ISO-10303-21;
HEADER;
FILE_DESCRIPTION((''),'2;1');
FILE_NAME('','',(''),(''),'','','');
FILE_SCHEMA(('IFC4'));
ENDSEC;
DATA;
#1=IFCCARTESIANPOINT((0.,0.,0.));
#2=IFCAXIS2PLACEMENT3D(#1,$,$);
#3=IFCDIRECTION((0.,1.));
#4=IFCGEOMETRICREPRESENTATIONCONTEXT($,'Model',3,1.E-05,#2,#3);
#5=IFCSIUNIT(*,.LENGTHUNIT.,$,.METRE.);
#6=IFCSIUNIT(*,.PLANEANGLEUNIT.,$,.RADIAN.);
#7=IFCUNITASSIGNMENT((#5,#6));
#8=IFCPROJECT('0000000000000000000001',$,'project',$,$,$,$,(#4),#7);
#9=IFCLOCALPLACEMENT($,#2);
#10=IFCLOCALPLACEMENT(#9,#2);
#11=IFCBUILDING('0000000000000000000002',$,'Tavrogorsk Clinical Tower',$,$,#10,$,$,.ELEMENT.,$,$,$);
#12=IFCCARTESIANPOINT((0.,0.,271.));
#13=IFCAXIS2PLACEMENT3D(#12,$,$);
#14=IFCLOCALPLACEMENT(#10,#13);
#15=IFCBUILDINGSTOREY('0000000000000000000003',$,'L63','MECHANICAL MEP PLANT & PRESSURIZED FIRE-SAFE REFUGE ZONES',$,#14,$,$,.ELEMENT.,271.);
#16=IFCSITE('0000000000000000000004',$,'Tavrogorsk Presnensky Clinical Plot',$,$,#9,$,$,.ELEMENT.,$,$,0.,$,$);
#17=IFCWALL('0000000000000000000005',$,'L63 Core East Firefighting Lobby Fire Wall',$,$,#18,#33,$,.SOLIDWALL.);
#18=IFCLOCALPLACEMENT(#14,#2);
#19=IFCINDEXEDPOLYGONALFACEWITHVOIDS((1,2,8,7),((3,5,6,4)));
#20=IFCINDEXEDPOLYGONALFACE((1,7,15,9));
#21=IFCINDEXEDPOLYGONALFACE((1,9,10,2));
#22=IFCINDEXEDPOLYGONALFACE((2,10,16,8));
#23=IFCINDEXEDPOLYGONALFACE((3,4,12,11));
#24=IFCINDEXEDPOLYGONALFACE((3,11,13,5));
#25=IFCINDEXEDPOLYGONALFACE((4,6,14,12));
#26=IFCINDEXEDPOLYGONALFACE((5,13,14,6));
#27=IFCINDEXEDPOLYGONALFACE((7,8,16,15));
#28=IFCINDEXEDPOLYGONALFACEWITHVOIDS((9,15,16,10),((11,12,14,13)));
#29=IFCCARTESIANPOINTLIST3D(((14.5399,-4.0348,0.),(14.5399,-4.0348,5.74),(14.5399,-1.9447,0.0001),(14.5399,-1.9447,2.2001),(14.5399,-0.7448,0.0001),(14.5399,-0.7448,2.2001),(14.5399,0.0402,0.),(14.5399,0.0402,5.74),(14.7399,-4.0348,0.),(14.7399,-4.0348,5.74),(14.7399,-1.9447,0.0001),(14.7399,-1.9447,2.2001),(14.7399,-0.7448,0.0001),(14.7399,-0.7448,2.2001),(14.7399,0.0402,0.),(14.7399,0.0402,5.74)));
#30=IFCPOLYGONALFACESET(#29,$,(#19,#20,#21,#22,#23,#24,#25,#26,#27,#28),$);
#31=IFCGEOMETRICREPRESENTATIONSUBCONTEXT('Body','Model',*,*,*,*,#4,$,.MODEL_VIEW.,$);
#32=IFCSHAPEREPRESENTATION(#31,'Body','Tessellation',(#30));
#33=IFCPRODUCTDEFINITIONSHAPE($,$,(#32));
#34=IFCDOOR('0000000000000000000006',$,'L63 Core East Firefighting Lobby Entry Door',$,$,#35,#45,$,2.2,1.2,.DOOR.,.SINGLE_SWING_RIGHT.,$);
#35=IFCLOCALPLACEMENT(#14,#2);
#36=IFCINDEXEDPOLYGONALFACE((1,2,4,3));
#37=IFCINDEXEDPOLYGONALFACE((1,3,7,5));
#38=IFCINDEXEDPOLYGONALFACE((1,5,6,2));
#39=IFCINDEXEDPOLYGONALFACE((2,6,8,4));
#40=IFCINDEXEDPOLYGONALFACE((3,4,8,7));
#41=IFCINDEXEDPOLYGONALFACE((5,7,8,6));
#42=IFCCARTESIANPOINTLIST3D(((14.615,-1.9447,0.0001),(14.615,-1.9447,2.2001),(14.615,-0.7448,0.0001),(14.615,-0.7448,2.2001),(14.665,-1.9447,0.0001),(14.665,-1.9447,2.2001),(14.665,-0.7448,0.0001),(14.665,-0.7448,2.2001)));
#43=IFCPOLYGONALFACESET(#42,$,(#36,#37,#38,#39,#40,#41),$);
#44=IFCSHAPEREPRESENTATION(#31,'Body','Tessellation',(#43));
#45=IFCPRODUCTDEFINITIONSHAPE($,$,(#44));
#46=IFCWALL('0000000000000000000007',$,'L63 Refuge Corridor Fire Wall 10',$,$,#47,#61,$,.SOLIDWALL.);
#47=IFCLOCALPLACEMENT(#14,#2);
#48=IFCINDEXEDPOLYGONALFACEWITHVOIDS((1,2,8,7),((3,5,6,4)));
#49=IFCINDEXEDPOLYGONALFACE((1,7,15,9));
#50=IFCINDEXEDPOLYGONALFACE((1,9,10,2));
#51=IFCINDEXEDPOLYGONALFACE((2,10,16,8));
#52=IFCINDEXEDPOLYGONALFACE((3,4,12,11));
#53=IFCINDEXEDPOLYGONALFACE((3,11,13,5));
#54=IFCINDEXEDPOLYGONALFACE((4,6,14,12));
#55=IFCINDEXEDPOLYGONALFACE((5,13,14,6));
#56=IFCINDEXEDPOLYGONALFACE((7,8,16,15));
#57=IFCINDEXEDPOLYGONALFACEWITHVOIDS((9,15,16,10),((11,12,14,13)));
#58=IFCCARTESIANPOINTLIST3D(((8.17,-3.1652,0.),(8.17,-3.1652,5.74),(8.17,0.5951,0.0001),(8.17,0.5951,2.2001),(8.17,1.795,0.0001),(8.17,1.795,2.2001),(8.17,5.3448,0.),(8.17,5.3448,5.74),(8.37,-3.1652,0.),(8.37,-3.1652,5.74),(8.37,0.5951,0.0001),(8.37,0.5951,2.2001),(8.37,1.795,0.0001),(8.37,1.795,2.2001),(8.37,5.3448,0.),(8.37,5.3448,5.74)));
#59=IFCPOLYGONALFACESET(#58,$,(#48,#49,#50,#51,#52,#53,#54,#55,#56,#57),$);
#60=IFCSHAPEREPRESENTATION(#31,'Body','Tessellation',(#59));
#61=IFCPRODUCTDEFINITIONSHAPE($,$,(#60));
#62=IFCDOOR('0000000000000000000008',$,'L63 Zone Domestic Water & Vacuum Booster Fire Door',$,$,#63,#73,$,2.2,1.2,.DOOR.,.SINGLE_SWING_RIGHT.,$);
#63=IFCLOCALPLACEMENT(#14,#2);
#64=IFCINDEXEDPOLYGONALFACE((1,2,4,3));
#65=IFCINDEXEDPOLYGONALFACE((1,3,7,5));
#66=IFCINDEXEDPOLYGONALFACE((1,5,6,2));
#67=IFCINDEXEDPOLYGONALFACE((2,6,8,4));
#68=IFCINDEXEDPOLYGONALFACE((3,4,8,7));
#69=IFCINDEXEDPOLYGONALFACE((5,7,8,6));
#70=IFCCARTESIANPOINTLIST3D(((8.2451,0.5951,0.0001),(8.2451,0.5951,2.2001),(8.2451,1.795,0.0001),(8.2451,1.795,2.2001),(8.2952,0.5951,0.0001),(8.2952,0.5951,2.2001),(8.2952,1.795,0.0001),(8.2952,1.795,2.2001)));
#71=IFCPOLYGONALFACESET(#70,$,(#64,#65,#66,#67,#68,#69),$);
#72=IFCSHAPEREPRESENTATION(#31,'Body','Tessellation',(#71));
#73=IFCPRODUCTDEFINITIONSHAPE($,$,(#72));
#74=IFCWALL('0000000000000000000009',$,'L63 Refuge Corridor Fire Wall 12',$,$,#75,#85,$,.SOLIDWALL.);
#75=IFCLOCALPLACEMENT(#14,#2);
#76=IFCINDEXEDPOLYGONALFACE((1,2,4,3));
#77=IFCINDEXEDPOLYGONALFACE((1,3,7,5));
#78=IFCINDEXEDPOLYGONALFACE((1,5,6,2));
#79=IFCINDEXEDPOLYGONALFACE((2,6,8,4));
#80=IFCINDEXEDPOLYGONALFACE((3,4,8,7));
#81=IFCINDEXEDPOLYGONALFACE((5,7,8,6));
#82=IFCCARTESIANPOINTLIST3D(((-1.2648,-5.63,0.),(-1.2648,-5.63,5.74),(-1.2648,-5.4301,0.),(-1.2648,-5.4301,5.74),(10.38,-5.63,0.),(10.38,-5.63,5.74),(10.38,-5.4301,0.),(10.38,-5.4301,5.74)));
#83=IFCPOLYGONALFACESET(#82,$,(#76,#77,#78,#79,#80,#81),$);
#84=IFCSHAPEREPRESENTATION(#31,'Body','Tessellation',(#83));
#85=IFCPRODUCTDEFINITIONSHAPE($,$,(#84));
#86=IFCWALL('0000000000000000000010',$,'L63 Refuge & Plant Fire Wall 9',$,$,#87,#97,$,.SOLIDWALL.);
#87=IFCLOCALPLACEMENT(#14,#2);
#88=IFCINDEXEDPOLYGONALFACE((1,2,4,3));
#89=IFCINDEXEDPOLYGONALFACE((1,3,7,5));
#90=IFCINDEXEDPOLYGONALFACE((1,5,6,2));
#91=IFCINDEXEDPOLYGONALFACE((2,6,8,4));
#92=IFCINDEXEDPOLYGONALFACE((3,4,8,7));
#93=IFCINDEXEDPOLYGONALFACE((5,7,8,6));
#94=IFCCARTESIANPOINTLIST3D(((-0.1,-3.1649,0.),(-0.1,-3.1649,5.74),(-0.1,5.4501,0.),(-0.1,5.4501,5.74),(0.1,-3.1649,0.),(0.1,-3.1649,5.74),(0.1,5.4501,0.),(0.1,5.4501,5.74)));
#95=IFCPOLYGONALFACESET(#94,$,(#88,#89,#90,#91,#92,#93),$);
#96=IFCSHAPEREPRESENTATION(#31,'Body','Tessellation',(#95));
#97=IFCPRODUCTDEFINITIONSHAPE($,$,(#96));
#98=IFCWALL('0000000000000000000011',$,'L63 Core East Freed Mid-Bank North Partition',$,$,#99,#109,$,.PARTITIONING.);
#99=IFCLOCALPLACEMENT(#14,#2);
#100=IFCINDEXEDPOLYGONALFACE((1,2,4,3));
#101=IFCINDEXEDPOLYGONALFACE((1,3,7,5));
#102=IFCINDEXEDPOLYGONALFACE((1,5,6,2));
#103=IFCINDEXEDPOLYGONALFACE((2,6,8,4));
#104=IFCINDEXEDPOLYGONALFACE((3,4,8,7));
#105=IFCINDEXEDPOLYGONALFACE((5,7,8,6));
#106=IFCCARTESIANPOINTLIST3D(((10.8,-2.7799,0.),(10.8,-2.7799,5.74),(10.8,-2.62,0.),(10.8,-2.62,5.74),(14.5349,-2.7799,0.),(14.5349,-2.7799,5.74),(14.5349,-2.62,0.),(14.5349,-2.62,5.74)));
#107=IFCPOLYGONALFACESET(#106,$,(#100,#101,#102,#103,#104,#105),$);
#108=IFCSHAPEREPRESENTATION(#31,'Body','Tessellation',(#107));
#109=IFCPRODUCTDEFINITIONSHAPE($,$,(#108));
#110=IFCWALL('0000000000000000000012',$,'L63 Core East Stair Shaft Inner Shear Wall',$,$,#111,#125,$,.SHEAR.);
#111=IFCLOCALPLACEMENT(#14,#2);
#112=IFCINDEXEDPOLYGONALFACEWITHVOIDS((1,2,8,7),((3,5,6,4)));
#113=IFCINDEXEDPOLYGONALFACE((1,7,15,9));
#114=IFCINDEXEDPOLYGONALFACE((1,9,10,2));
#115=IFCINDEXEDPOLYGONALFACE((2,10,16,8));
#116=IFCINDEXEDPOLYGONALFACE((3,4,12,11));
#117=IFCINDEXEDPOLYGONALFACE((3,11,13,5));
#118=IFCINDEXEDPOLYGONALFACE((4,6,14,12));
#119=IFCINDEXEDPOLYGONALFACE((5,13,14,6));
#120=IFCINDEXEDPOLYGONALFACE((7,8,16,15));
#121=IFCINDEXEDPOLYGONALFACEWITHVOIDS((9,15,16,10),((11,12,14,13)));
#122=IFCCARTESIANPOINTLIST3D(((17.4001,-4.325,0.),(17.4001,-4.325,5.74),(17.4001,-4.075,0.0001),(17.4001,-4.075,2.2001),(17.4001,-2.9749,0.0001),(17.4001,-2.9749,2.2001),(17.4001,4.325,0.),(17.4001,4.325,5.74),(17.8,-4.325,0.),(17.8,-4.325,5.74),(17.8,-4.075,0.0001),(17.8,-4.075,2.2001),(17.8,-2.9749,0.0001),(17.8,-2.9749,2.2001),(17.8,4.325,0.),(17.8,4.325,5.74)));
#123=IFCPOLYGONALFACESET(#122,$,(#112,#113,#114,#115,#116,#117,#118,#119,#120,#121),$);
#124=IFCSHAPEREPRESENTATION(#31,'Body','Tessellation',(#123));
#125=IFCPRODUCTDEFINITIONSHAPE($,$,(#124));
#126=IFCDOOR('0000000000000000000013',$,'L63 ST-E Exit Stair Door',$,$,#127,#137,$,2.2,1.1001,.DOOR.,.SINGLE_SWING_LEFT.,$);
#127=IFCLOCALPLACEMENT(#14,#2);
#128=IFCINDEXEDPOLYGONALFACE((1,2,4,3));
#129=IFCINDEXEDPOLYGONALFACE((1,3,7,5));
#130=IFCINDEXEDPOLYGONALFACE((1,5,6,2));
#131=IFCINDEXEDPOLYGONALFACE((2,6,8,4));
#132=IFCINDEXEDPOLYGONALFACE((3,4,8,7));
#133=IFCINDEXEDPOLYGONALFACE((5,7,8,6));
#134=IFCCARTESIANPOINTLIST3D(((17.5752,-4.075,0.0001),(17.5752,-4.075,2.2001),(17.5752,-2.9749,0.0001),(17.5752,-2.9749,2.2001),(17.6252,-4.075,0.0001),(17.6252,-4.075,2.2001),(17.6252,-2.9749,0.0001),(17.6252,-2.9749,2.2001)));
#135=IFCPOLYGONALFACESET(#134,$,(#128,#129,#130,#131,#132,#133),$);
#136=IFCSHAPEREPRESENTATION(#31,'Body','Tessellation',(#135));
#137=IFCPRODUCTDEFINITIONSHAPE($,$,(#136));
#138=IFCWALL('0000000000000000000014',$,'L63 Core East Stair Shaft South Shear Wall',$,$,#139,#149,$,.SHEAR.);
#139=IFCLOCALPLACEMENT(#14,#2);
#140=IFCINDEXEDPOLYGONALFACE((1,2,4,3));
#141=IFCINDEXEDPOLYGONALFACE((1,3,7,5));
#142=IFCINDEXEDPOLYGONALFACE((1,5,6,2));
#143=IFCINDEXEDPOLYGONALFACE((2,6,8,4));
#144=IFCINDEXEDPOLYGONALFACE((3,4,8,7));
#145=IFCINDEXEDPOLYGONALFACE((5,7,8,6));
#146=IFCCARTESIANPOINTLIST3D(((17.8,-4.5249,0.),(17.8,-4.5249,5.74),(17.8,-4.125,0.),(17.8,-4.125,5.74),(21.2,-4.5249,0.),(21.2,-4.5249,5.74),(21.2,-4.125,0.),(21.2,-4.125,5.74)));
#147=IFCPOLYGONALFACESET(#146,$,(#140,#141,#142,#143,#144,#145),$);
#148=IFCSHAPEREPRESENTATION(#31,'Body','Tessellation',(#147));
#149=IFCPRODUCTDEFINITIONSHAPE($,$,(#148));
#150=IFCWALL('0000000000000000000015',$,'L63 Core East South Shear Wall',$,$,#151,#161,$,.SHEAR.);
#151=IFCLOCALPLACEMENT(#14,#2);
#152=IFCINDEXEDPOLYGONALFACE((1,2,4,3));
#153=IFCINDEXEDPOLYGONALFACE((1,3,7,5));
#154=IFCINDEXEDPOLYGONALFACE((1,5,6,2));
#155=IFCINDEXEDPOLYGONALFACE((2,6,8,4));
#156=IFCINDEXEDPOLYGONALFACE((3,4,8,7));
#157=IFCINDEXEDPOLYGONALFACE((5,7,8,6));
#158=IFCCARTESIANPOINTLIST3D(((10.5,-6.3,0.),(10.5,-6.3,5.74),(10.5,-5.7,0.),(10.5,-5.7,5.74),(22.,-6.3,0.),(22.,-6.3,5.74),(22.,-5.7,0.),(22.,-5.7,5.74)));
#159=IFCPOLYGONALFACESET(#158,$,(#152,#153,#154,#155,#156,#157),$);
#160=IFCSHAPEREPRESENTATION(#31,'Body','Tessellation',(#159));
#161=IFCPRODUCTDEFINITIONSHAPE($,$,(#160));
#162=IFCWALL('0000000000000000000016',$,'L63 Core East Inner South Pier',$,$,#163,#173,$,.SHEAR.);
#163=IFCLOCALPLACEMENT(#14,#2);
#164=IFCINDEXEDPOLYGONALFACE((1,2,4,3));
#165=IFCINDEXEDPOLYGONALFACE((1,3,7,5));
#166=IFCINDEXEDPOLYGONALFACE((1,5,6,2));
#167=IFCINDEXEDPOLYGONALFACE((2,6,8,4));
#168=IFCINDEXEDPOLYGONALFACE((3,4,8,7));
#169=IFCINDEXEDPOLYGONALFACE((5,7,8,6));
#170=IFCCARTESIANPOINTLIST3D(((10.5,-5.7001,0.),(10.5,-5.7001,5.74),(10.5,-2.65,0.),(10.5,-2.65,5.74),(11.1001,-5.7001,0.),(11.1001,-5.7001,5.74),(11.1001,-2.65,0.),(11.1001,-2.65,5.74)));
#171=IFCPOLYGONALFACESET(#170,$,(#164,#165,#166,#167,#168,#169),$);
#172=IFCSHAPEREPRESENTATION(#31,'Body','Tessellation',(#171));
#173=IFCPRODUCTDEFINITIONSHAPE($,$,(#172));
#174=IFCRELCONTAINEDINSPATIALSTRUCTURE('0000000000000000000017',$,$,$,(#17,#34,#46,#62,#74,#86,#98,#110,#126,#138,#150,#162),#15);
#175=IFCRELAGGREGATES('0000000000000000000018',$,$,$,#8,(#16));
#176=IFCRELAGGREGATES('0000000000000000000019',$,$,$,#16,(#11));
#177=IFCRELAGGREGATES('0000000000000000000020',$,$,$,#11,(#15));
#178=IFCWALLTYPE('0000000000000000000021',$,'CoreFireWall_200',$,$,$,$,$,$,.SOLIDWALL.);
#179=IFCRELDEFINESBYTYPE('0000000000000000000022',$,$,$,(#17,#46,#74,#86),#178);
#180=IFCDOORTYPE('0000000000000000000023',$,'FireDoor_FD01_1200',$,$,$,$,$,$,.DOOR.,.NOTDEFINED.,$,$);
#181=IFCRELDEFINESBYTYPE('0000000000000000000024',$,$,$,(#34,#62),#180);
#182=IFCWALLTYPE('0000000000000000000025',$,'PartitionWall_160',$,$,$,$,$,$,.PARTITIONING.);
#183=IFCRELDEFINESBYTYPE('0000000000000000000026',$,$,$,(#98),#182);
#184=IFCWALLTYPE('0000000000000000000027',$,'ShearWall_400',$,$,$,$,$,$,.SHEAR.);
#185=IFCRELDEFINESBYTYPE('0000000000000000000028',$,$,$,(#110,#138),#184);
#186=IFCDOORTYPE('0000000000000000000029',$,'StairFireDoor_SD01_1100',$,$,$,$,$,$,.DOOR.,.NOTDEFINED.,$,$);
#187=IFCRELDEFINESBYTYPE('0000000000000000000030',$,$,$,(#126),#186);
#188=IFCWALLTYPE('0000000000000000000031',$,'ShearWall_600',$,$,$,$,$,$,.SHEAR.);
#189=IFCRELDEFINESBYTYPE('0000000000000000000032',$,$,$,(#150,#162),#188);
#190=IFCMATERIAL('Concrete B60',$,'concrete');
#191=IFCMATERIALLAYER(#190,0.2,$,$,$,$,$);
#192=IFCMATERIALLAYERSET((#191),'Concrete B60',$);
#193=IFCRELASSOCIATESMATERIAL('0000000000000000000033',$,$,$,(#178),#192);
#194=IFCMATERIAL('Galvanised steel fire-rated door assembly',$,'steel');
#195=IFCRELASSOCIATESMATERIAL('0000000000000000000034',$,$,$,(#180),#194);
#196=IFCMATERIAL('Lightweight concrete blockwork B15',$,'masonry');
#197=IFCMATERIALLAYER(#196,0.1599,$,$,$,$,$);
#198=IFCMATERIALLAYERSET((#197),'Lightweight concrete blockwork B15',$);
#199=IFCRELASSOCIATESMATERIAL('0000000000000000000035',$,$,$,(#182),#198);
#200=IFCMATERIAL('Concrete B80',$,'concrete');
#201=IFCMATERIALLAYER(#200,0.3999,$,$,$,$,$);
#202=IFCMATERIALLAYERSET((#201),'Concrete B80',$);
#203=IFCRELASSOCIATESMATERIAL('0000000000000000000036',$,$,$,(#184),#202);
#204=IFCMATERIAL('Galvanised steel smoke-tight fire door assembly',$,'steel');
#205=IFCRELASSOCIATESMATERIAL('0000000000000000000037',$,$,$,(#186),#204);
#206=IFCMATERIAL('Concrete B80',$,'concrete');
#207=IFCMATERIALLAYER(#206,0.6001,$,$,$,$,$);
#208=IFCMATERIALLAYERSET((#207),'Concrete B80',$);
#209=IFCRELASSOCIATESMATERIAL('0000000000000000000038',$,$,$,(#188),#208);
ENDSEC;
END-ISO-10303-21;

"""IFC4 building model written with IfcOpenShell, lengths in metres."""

from ifc_helpers import new_model, si_unit, direction, frame, frame_2d, origin, place, context, subcontext, project, spatial, rectangle, extrude, material, layer, layer_set, type_object, element, fill, save


model = new_model("IFC4")

# Units and contexts
model_context = context("Model", 3, precision=1e-05, world=origin(), true_north=direction((0.0, 1.0)))
body_context = subcontext(model_context, "Body", "Model", "MODEL_VIEW")
ifc_project = project(units=[si_unit("LENGTHUNIT", "METRE"), si_unit("PLANEANGLEUNIT", "RADIAN")], contexts=[model_context])

# Site, building, storey
site_placement = place(None, origin())
site = spatial("IfcSite", under=ifc_project, at=site_placement, Name="Tavrogorsk Presnensky Clinical Plot", CompositionType="ELEMENT", RefElevation=0.0)
building_placement = place(site_placement, origin())
building = spatial("IfcBuilding", under=site, at=building_placement, Name="Tavrogorsk Clinical Tower", CompositionType="ELEMENT")
storey_placement = place(building_placement, frame((0.0, 0.0, 271.0)))
storey = spatial("IfcBuildingStorey", under=building, at=storey_placement, Name="L63", Description="MECHANICAL MEP PLANT & PRESSURIZED FIRE-SAFE REFUGE ZONES", CompositionType="ELEMENT", Elevation=271.0)

# Walls, openings, doors
ifc_material_1 = material(Name="Concrete B60", Category="concrete")
ifc_layer_1 = layer(ifc_material_1, 0.2)
ifc_layer_set_1 = layer_set([ifc_layer_1], Name="Concrete B60")
wall_type_1 = type_object("IfcWallType", Name="CoreFireWall_200", PredefinedType="SOLIDWALL", material=ifc_layer_set_1)
wall_1_placement = place(storey_placement, frame((14.6399, -4.0349, 0.0), z_axis=(0.0, 0.0, 1.0), x_axis=(0.0, 1.0, 0.0)))
wall_1 = element("IfcWall", 1, at=wall_1_placement, inside=storey, type_object=wall_type_1, Name="L63 Core East Firefighting Lobby Fire Wall", PredefinedType="SOLIDWALL", context=body_context, shape_type="SweptSolid", body=[
    extrude(rectangle(XDim=4.075, YDim=0.2, at=frame_2d((2.0376, 0.0))), origin(), (0.0, 0.0, 1.0), 5.74),
])
opening_1_placement = place(wall_1_placement, frame((2.0901, 0.0, 0.0)))
opening_1 = element("IfcOpeningElement", 2, at=opening_1_placement, cuts=wall_1, PredefinedType="OPENING", context=body_context, shape_type="SweptSolid", body=[
    extrude(rectangle(XDim=1.2, YDim=2.2, at=frame_2d((0.6001, 1.1001))), frame((0.0, 0.1099, 0.0), z_axis=(0.0, -1.0, 0.0), x_axis=(1.0, 0.0, 0.0)), (0.0, 0.0, 1.0), 0.22),
])
ifc_material_2 = material(Name="Galvanised steel fire-rated door assembly", Category="steel")
door_type_1 = type_object("IfcDoorType", Name="FireDoor_FD01_1200", OperationType="NOTDEFINED", PredefinedType="DOOR", material=ifc_material_2)
door_1_placement = place(opening_1_placement, origin())
door_1 = element("IfcDoor", 3, at=door_1_placement, inside=storey, type_object=door_type_1, Name="L63 Core East Firefighting Lobby Entry Door", OperationType="SINGLE_SWING_RIGHT", OverallHeight=2.2, OverallWidth=1.2, PredefinedType="DOOR", context=body_context, shape_type="SweptSolid", body=[
    extrude(rectangle(XDim=1.2, YDim=2.2, at=frame_2d((0.6001, 1.1001))), frame((0.0, 0.0249, 0.0), z_axis=(0.0, -1.0, 0.0), x_axis=(1.0, 0.0, 0.0)), (0.0, 0.0, 1.0), 0.05),
])
fill(opening_1, door_1)
wall_2_placement = place(storey_placement, frame((8.27, -3.165, 0.0), z_axis=(0.0, 0.0, 1.0), x_axis=(0.0, 1.0, 0.0)))
wall_2 = element("IfcWall", 4, at=wall_2_placement, inside=storey, type_object=wall_type_1, Name="L63 Refuge Corridor Fire Wall 10", PredefinedType="SOLIDWALL", context=body_context, shape_type="SweptSolid", body=[
    extrude(rectangle(XDim=8.51, YDim=0.2, at=frame_2d((4.2549, 0.0))), origin(), (0.0, 0.0, 1.0), 5.74),
])
opening_2_placement = place(wall_2_placement, frame((3.76, 0.0, 0.0)))
opening_2 = element("IfcOpeningElement", 5, at=opening_2_placement, cuts=wall_2, PredefinedType="OPENING", context=body_context, shape_type="SweptSolid", body=[
    extrude(rectangle(XDim=1.2, YDim=2.2, at=frame_2d((0.6001, 1.1001))), frame((0.0, 0.1099, 0.0), z_axis=(0.0, -1.0, 0.0), x_axis=(1.0, 0.0, 0.0)), (0.0, 0.0, 1.0), 0.22),
])
door_2_placement = place(opening_2_placement, origin())
door_2 = element("IfcDoor", 6, at=door_2_placement, inside=storey, type_object=door_type_1, Name="L63 Zone Domestic Water & Vacuum Booster Fire Door", OperationType="SINGLE_SWING_RIGHT", OverallHeight=2.2, OverallWidth=1.2, PredefinedType="DOOR", context=body_context, shape_type="SweptSolid", body=[
    extrude(rectangle(XDim=1.2, YDim=2.2, at=frame_2d((0.6001, 1.1001))), frame((0.0, 0.0249, 0.0), z_axis=(0.0, -1.0, 0.0), x_axis=(1.0, 0.0, 0.0)), (0.0, 0.0, 1.0), 0.05),
])
fill(opening_2, door_2)

# Walls
wall_3_placement = place(storey_placement, frame((10.3799, -5.53, 0.0), z_axis=(0.0, 0.0, 1.0), x_axis=(-1.0, 0.0, 0.0)))
element("IfcWall", 7, at=wall_3_placement, inside=storey, type_object=wall_type_1, Name="L63 Refuge Corridor Fire Wall 12", PredefinedType="SOLIDWALL", context=body_context, shape_type="SweptSolid", body=[
    extrude(rectangle(XDim=11.6448, YDim=0.2, at=frame_2d((5.8223, 0.0))), origin(), (0.0, 0.0, 1.0), 5.74),
])
wall_4_placement = place(storey_placement, frame((0.0, -3.165, 0.0), z_axis=(0.0, 0.0, 1.0), x_axis=(0.0, 1.0, 0.0)))
element("IfcWall", 8, at=wall_4_placement, inside=storey, type_object=wall_type_1, Name="L63 Refuge & Plant Fire Wall 9", PredefinedType="SOLIDWALL", context=body_context, shape_type="SweptSolid", body=[
    extrude(rectangle(XDim=8.615, YDim=0.2, at=frame_2d((4.3076, 0.0))), origin(), (0.0, 0.0, 1.0), 5.74),
])
ifc_material_3 = material(Name="Lightweight concrete blockwork B15", Category="masonry")
ifc_layer_2 = layer(ifc_material_3, 0.1599)
ifc_layer_set_2 = layer_set([ifc_layer_2], Name="Lightweight concrete blockwork B15")
wall_type_2 = type_object("IfcWallType", Name="PartitionWall_160", PredefinedType="PARTITIONING", material=ifc_layer_set_2)
wall_5_placement = place(storey_placement, frame((10.8, -2.7, 0.0), z_axis=(0.0, 0.0, 1.0), x_axis=(1.0, 0.0, 0.0)))
element("IfcWall", 9, at=wall_5_placement, inside=storey, type_object=wall_type_2, Name="L63 Core East Freed Mid-Bank North Partition", PredefinedType="PARTITIONING", context=body_context, shape_type="SweptSolid", body=[
    extrude(rectangle(XDim=3.7349, YDim=0.1599, at=frame_2d((1.8674, 0.0))), origin(), (0.0, 0.0, 1.0), 5.74),
])

# Wall, opening, door
ifc_material_4 = material(Name="Concrete B80", Category="concrete")
ifc_layer_3 = layer(ifc_material_4, 0.3999)
ifc_layer_set_3 = layer_set([ifc_layer_3], Name="Concrete B80")
wall_type_3 = type_object("IfcWallType", Name="ShearWall_400", PredefinedType="SHEAR", material=ifc_layer_set_3)
wall_6_placement = place(storey_placement, frame((17.6001, -4.325, 0.0), z_axis=(0.0, 0.0, 1.0), x_axis=(0.0, 1.0, 0.0)))
wall_6 = element("IfcWall", 10, at=wall_6_placement, inside=storey, type_object=wall_type_3, Name="L63 Core East Stair Shaft Inner Shear Wall", PredefinedType="SHEAR", context=body_context, shape_type="SweptSolid", body=[
    extrude(rectangle(XDim=8.6499, YDim=0.3999, at=frame_2d((4.325, 0.0))), origin(), (0.0, 0.0, 1.0), 5.74),
])
opening_3_placement = place(wall_6_placement, frame((0.25, 0.0, 0.0)))
opening_3 = element("IfcOpeningElement", 11, at=opening_3_placement, cuts=wall_6, PredefinedType="OPENING", context=body_context, shape_type="SweptSolid", body=[
    extrude(rectangle(XDim=1.1001, YDim=2.2, at=frame_2d((0.55, 1.1001))), frame((0.0, 0.21, 0.0), z_axis=(0.0, -1.0, 0.0), x_axis=(1.0, 0.0, 0.0)), (0.0, 0.0, 1.0), 0.4199),
])
ifc_material_5 = material(Name="Galvanised steel smoke-tight fire door assembly", Category="steel")
door_type_2 = type_object("IfcDoorType", Name="StairFireDoor_SD01_1100", OperationType="NOTDEFINED", PredefinedType="DOOR", material=ifc_material_5)
door_3_placement = place(opening_3_placement, origin())
door_3 = element("IfcDoor", 12, at=door_3_placement, inside=storey, type_object=door_type_2, Name="L63 ST-E Exit Stair Door", OperationType="SINGLE_SWING_LEFT", OverallHeight=2.2, OverallWidth=1.1001, PredefinedType="DOOR", context=body_context, shape_type="SweptSolid", body=[
    extrude(rectangle(XDim=1.1001, YDim=2.2, at=frame_2d((0.55, 1.1001))), frame((0.0, 0.0249, 0.0), z_axis=(0.0, -1.0, 0.0), x_axis=(1.0, 0.0, 0.0)), (0.0, 0.0, 1.0), 0.05),
])
fill(opening_3, door_3)

# Walls
wall_7_placement = place(storey_placement, frame((17.8, -4.325, 0.0), z_axis=(0.0, 0.0, 1.0), x_axis=(1.0, 0.0, 0.0)))
element("IfcWall", 13, at=wall_7_placement, inside=storey, type_object=wall_type_3, Name="L63 Core East Stair Shaft South Shear Wall", PredefinedType="SHEAR", context=body_context, shape_type="SweptSolid", body=[
    extrude(rectangle(XDim=3.3999, YDim=0.3999, at=frame_2d((1.7, 0.0))), origin(), (0.0, 0.0, 1.0), 5.74),
])
ifc_material_6 = material(Name="Concrete B80", Category="concrete")
ifc_layer_4 = layer(ifc_material_6, 0.6001)
ifc_layer_set_4 = layer_set([ifc_layer_4], Name="Concrete B80")
wall_type_4 = type_object("IfcWallType", Name="ShearWall_600", PredefinedType="SHEAR", material=ifc_layer_set_4)
wall_8_placement = place(storey_placement, frame((10.5, -6.0, 0.0), z_axis=(0.0, 0.0, 1.0), x_axis=(1.0, 0.0, 0.0)))
element("IfcWall", 14, at=wall_8_placement, inside=storey, type_object=wall_type_4, Name="L63 Core East South Shear Wall", PredefinedType="SHEAR", context=body_context, shape_type="SweptSolid", body=[
    extrude(rectangle(XDim=11.5, YDim=0.6001, at=frame_2d((5.75, 0.0))), origin(), (0.0, 0.0, 1.0), 5.74),
])
wall_9_placement = place(storey_placement, frame((10.8, -5.7, 0.0), z_axis=(0.0, 0.0, 1.0), x_axis=(0.0, 1.0, 0.0)))
element("IfcWall", 15, at=wall_9_placement, inside=storey, type_object=wall_type_4, Name="L63 Core East Inner South Pier", PredefinedType="SHEAR", context=body_context, shape_type="SweptSolid", body=[
    extrude(rectangle(XDim=3.05, YDim=0.6001, at=frame_2d((1.5249, 0.0))), origin(), (0.0, 0.0, 1.0), 5.74),
])

save(model, "model.ifc")
